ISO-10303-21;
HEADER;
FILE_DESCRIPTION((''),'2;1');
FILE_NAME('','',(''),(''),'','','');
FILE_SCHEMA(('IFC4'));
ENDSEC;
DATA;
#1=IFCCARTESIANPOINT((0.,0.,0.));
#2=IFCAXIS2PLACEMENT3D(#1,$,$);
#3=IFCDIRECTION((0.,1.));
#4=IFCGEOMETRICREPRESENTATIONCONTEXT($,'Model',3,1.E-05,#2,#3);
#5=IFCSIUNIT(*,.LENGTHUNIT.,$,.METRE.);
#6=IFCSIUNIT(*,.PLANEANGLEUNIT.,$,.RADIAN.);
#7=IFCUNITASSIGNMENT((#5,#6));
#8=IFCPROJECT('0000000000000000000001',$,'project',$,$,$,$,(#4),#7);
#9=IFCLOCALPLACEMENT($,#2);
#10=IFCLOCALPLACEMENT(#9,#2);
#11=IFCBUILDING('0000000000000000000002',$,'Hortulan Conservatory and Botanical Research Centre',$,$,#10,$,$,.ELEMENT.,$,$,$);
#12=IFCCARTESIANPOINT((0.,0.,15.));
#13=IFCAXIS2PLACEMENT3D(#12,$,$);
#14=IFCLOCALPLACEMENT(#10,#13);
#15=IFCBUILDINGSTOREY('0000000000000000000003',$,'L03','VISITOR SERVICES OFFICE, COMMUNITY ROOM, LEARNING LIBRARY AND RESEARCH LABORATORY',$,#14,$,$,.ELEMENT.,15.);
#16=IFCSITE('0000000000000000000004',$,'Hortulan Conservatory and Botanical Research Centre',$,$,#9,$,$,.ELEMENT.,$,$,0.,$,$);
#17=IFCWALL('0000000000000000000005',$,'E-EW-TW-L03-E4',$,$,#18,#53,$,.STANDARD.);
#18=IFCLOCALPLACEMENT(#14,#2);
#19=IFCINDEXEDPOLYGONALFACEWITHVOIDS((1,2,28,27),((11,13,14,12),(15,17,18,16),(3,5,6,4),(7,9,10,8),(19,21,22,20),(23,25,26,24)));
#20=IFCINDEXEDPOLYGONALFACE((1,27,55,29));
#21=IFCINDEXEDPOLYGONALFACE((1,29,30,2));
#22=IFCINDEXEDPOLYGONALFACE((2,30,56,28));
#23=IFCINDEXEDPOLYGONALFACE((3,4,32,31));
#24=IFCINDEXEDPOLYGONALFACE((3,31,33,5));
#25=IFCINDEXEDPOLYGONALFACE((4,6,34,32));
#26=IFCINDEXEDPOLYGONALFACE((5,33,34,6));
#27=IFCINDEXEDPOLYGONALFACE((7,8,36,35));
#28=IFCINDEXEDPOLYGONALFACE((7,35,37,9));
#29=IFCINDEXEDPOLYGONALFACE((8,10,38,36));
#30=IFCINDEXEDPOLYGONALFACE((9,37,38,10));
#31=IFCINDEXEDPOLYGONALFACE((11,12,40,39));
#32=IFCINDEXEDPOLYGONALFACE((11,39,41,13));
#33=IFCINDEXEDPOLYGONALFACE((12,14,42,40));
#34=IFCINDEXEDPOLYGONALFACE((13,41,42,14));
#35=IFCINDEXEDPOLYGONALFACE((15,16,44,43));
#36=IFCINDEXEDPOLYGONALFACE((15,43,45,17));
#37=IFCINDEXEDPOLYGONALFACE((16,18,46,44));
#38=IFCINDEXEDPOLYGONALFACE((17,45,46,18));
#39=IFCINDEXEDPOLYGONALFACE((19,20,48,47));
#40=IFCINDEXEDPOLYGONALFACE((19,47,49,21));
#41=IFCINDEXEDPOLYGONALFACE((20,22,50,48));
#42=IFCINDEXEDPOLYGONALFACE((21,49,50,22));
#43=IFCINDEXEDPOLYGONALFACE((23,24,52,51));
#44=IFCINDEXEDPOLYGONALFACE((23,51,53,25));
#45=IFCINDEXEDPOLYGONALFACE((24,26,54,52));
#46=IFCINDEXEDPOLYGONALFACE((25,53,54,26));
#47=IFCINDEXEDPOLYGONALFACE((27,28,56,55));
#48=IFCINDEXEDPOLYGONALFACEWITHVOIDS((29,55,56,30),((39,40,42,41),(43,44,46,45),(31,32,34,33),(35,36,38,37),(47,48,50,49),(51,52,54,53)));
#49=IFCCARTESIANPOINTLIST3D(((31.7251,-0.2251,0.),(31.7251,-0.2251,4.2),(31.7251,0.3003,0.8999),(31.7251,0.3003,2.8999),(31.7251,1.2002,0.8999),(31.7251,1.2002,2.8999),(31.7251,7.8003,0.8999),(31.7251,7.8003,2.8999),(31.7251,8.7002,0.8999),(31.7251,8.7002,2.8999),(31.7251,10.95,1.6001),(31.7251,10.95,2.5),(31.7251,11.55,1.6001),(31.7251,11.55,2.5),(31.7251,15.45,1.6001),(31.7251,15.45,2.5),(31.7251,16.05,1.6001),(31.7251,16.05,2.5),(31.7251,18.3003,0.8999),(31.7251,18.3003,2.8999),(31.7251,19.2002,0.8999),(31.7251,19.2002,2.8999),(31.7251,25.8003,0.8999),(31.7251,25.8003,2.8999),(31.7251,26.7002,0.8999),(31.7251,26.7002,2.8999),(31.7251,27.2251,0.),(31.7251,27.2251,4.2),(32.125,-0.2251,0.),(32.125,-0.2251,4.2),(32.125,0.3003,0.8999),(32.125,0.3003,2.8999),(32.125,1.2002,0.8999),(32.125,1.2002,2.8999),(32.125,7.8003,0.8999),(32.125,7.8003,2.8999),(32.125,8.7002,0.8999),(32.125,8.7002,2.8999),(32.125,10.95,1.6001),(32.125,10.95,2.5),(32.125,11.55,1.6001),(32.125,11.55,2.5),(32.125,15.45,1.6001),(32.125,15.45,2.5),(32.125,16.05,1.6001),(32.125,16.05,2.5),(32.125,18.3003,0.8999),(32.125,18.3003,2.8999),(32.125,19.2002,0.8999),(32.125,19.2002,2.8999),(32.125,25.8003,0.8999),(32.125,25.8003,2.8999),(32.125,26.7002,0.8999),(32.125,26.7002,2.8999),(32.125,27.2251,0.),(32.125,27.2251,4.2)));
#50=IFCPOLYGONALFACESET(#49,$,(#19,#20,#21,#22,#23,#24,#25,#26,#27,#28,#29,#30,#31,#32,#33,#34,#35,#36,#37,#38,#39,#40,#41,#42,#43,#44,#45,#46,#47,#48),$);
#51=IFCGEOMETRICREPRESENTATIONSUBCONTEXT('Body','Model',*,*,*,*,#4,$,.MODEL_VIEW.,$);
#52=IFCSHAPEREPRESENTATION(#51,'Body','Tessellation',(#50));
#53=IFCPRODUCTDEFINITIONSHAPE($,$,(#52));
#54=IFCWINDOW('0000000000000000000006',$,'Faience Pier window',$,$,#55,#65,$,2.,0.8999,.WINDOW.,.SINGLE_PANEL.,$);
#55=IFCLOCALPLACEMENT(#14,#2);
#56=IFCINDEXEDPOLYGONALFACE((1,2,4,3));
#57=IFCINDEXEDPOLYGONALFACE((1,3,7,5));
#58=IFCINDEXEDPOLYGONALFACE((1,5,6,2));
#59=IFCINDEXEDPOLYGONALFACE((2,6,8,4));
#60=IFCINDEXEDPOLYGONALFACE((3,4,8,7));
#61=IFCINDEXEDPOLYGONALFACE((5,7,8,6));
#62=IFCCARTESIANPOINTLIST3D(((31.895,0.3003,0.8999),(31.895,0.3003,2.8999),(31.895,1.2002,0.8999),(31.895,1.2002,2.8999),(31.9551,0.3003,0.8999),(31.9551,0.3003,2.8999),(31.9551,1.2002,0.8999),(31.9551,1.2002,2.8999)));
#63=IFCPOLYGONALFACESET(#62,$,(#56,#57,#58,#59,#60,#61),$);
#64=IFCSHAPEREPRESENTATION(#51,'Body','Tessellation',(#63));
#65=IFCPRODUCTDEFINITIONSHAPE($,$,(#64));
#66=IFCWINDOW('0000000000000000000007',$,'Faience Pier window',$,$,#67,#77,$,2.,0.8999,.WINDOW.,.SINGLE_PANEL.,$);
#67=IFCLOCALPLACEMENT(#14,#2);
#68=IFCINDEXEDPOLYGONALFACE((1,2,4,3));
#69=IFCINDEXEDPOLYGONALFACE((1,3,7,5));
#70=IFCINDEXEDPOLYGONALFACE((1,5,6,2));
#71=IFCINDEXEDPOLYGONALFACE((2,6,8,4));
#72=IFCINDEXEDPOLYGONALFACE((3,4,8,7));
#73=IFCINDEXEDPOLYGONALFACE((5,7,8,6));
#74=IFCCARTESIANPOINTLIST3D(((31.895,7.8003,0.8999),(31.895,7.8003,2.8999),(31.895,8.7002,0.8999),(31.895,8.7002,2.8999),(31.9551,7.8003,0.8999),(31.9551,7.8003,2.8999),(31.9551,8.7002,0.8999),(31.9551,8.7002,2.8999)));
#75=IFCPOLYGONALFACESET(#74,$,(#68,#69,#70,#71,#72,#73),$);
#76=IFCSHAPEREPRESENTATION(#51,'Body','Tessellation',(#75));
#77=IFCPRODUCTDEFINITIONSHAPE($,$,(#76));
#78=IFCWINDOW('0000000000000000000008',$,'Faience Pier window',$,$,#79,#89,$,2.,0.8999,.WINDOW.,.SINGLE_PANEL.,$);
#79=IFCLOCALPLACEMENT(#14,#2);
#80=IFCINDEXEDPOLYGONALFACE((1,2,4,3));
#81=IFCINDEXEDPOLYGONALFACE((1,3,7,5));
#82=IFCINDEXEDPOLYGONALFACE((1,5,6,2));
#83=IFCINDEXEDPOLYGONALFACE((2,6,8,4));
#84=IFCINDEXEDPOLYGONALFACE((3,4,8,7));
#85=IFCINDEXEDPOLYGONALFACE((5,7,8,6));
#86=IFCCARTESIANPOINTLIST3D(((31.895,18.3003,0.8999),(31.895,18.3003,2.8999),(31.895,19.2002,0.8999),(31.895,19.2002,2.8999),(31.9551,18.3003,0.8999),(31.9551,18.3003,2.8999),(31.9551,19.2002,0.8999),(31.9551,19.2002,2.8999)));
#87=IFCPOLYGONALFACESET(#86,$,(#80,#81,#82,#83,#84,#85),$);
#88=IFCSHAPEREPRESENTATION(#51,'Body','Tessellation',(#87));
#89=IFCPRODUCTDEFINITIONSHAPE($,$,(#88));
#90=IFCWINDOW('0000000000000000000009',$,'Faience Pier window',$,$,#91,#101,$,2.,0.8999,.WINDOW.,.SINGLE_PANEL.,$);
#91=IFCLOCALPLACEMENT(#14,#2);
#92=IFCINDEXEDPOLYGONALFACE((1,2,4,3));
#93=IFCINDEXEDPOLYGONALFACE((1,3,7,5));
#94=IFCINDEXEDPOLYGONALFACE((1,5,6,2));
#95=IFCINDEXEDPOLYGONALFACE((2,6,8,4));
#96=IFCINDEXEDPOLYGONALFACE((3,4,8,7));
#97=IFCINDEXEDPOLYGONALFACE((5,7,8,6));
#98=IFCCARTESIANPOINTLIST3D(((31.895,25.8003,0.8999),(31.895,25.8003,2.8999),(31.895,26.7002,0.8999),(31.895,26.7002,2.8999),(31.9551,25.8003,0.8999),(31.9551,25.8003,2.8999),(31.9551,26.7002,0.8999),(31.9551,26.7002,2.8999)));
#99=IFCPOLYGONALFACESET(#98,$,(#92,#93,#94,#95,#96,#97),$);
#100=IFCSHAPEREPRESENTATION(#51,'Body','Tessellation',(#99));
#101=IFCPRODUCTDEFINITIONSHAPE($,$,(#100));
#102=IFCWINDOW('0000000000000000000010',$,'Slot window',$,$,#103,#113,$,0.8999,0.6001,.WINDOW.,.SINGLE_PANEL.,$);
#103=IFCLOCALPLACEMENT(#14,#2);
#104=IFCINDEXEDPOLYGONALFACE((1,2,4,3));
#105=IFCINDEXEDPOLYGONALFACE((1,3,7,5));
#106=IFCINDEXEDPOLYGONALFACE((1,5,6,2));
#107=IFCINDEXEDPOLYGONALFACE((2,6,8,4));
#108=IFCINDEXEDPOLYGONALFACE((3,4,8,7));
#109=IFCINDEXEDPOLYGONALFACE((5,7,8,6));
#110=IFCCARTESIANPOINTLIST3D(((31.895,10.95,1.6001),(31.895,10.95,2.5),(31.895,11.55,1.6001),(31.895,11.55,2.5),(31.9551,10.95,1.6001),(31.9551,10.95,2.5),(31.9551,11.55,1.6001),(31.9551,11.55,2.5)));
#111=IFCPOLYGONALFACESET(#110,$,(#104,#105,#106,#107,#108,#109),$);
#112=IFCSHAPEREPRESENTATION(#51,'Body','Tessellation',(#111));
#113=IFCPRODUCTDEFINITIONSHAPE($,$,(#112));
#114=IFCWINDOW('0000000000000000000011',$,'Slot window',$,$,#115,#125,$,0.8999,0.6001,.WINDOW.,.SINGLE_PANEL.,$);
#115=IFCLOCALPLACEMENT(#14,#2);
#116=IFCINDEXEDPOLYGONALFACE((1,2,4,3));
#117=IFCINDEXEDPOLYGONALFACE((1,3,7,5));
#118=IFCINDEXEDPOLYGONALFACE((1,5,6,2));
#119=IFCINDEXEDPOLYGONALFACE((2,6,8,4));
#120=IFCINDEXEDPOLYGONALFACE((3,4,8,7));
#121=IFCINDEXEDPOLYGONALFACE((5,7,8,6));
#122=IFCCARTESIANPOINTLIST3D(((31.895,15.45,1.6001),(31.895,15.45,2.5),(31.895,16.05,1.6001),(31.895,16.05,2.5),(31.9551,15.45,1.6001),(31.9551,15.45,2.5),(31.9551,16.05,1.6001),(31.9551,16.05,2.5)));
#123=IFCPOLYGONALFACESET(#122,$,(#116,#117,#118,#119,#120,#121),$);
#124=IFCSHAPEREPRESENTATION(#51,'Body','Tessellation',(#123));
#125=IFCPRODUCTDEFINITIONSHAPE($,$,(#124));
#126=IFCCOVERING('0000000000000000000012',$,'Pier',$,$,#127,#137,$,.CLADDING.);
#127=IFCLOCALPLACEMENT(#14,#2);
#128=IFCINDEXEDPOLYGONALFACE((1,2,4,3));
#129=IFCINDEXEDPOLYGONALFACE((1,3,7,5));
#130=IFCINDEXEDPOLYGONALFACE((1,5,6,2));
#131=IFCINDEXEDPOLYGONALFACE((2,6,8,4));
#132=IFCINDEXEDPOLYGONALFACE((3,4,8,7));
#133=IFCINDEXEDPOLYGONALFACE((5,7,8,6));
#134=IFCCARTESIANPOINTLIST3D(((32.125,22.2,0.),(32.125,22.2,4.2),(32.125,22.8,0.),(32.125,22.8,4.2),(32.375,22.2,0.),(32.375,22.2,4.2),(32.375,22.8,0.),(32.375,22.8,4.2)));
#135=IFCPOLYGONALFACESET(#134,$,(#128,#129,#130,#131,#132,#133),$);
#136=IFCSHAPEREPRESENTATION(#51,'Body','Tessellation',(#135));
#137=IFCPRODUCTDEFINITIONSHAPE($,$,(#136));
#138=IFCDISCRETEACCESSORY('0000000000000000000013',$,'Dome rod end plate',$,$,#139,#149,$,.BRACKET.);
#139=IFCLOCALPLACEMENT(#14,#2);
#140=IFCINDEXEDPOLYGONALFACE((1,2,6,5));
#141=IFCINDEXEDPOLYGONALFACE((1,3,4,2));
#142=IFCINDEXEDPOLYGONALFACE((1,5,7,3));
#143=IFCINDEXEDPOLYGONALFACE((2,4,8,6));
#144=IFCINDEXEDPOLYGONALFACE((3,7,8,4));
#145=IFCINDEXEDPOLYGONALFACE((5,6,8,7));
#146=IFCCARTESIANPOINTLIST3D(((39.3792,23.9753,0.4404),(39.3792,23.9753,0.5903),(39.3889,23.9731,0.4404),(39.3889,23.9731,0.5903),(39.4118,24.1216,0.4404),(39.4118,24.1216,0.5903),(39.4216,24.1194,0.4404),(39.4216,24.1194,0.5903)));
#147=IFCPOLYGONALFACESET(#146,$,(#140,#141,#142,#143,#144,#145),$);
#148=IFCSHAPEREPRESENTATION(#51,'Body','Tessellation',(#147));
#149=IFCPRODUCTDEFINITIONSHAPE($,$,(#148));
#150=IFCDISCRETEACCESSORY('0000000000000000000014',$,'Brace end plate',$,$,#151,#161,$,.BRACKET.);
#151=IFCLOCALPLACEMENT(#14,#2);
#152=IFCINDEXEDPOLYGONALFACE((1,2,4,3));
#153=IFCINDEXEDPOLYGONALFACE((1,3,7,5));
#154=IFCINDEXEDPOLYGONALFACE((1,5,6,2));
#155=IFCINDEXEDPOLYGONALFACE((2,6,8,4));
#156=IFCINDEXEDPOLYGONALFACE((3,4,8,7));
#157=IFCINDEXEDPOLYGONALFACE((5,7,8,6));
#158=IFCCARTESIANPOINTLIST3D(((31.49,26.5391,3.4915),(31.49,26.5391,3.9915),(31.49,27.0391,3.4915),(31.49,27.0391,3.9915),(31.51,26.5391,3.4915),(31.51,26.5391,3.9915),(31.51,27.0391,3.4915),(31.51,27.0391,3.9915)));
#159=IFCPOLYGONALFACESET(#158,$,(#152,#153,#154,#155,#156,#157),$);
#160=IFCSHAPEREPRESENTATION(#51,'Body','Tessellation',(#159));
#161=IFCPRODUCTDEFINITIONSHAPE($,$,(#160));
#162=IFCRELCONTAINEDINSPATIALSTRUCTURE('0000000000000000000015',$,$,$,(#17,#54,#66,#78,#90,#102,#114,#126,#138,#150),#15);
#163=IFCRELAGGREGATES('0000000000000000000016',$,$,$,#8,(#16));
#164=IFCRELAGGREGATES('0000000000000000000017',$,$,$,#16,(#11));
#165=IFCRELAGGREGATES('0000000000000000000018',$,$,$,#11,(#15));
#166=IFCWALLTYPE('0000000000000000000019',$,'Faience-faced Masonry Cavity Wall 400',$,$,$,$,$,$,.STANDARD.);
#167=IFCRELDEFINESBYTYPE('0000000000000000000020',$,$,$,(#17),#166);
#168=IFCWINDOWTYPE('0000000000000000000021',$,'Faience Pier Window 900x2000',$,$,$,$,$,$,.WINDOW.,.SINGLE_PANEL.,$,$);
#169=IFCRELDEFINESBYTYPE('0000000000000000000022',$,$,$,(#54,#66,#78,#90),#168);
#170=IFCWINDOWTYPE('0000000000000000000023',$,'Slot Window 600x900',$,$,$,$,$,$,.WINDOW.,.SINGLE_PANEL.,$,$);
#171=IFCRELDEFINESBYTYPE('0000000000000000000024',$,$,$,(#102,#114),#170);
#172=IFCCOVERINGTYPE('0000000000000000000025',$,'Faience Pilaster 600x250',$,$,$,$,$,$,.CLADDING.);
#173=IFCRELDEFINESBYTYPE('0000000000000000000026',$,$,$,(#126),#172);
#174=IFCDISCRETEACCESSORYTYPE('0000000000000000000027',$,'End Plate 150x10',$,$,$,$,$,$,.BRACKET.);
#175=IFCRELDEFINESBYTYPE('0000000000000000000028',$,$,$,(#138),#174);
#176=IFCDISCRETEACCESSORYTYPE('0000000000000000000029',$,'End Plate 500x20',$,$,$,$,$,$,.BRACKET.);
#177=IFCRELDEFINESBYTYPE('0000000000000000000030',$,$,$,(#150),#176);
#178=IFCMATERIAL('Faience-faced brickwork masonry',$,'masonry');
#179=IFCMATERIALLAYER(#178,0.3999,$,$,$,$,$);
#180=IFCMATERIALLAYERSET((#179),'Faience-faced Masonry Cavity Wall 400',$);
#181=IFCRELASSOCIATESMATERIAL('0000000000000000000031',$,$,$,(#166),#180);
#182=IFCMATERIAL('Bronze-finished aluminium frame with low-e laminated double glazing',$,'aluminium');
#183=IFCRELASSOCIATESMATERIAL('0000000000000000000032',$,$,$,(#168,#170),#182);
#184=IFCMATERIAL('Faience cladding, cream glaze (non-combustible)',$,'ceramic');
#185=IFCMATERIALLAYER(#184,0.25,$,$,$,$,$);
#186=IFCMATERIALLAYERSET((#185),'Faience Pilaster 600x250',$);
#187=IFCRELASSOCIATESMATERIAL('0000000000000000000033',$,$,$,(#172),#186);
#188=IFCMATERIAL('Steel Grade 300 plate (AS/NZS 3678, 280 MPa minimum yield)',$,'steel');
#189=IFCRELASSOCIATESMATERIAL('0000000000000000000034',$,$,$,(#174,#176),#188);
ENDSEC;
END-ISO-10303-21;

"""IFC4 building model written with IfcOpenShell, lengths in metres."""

from ifc_helpers import new_model, si_unit, direction, frame, frame_2d, origin, origin_2d, place, context, subcontext, project, spatial, rectangle, extrude, material, layer, layer_set, type_object, element, fill, save


model = new_model("IFC4")

# Units and contexts
model_context = context("Model", 3, precision=1e-05, world=origin(), true_north=direction((0.0, 1.0)))
body_context = subcontext(model_context, "Body", "Model", "MODEL_VIEW")
ifc_project = project(units=[si_unit("LENGTHUNIT", "METRE"), si_unit("PLANEANGLEUNIT", "RADIAN")], contexts=[model_context])

# Site, building, storey
site_placement = place(None, origin())
site = spatial("IfcSite", under=ifc_project, at=site_placement, Name="Hortulan Conservatory and Botanical Research Centre", CompositionType="ELEMENT", RefElevation=0.0)
building_placement = place(site_placement, origin())
building = spatial("IfcBuilding", under=site, at=building_placement, Name="Hortulan Conservatory and Botanical Research Centre", CompositionType="ELEMENT")
storey_placement = place(building_placement, frame((0.0, 0.0, 15.0)))
storey = spatial("IfcBuildingStorey", under=building, at=storey_placement, Name="L03", Description="VISITOR SERVICES OFFICE, COMMUNITY ROOM, LEARNING LIBRARY AND RESEARCH LABORATORY", CompositionType="ELEMENT", Elevation=15.0)

# Wall, openings, windows
ifc_material_1 = material(Name="Faience-faced brickwork masonry", Category="masonry")
ifc_layer_1 = layer(ifc_material_1, 0.3999)
ifc_layer_set_1 = layer_set([ifc_layer_1], Name="Faience-faced Masonry Cavity Wall 400")
wall_type = type_object("IfcWallType", Name="Faience-faced Masonry Cavity Wall 400", PredefinedType="STANDARD", material=ifc_layer_set_1)
wall_placement = place(storey_placement, frame((31.925, 27.2251, 0.0), z_axis=(0.0, 0.0, 1.0), x_axis=(0.0, -1.0, 0.0)))
wall = element("IfcWall", 1, at=wall_placement, inside=storey, type_object=wall_type, Name="E-EW-TW-L03-E4", PredefinedType="STANDARD", context=body_context, shape_type="SweptSolid", body=[
    extrude(rectangle(XDim=27.4502, YDim=0.3999, at=frame_2d((13.7251, 0.0))), origin(), (0.0, 0.0, 1.0), 4.2),
])
opening_1_placement = place(wall_placement, frame((26.0249, 0.0, 0.8999)))
opening_1 = element("IfcOpeningElement", 2, at=opening_1_placement, cuts=wall, PredefinedType="OPENING", context=body_context, shape_type="SweptSolid", body=[
    extrude(rectangle(XDim=0.8999, YDim=2.0, at=frame_2d((0.45, 1.0))), frame((0.0, 0.21, 0.0), z_axis=(0.0, -1.0, 0.0), x_axis=(1.0, 0.0, 0.0)), (0.0, 0.0, 1.0), 0.4199),
])
opening_2_placement = place(wall_placement, frame((18.5249, 0.0, 0.8999)))
opening_2 = element("IfcOpeningElement", 3, at=opening_2_placement, cuts=wall, PredefinedType="OPENING", context=body_context, shape_type="SweptSolid", body=[
    extrude(rectangle(XDim=0.8999, YDim=2.0, at=frame_2d((0.45, 1.0))), frame((0.0, 0.21, 0.0), z_axis=(0.0, -1.0, 0.0), x_axis=(1.0, 0.0, 0.0)), (0.0, 0.0, 1.0), 0.4199),
])
opening_3_placement = place(wall_placement, frame((15.675, 0.0, 1.6001)))
opening_3 = element("IfcOpeningElement", 4, at=opening_3_placement, cuts=wall, PredefinedType="OPENING", context=body_context, shape_type="SweptSolid", body=[
    extrude(rectangle(XDim=0.6001, YDim=0.8999, at=frame_2d((0.3, 0.45))), frame((0.0, 0.21, 0.0), z_axis=(0.0, -1.0, 0.0), x_axis=(1.0, 0.0, 0.0)), (0.0, 0.0, 1.0), 0.4199),
])
opening_4_placement = place(wall_placement, frame((11.175, 0.0, 1.6001)))
opening_4 = element("IfcOpeningElement", 5, at=opening_4_placement, cuts=wall, PredefinedType="OPENING", context=body_context, shape_type="SweptSolid", body=[
    extrude(rectangle(XDim=0.6001, YDim=0.8999, at=frame_2d((0.3, 0.45))), frame((0.0, 0.21, 0.0), z_axis=(0.0, -1.0, 0.0), x_axis=(1.0, 0.0, 0.0)), (0.0, 0.0, 1.0), 0.4199),
])
opening_5_placement = place(wall_placement, frame((8.0249, 0.0, 0.8999)))
opening_5 = element("IfcOpeningElement", 6, at=opening_5_placement, cuts=wall, PredefinedType="OPENING", context=body_context, shape_type="SweptSolid", body=[
    extrude(rectangle(XDim=0.8999, YDim=2.0, at=frame_2d((0.45, 1.0))), frame((0.0, 0.21, 0.0), z_axis=(0.0, -1.0, 0.0), x_axis=(1.0, 0.0, 0.0)), (0.0, 0.0, 1.0), 0.4199),
])
opening_6_placement = place(wall_placement, frame((0.5249, 0.0, 0.8999)))
opening_6 = element("IfcOpeningElement", 7, at=opening_6_placement, cuts=wall, PredefinedType="OPENING", context=body_context, shape_type="SweptSolid", body=[
    extrude(rectangle(XDim=0.8999, YDim=2.0, at=frame_2d((0.45, 1.0))), frame((0.0, 0.21, 0.0), z_axis=(0.0, -1.0, 0.0), x_axis=(1.0, 0.0, 0.0)), (0.0, 0.0, 1.0), 0.4199),
])
ifc_material_2 = material(Name="Bronze-finished aluminium frame with low-e laminated double glazing", Category="aluminium")
window_type_1 = type_object("IfcWindowType", Name="Faience Pier Window 900x2000", PartitioningType="SINGLE_PANEL", PredefinedType="WINDOW", material=ifc_material_2)
window_1_placement = place(opening_1_placement, origin())
window_1 = element("IfcWindow", 8, at=window_1_placement, inside=storey, type_object=window_type_1, Name="Faience Pier window", OverallHeight=2.0, OverallWidth=0.8999, PartitioningType="SINGLE_PANEL", PredefinedType="WINDOW", context=body_context, shape_type="SweptSolid", body=[
    extrude(rectangle(XDim=0.8999, YDim=2.0, at=frame_2d((0.45, 1.0))), frame((0.0, 0.03, 0.0), z_axis=(0.0, -1.0, 0.0), x_axis=(1.0, 0.0, 0.0)), (0.0, 0.0, 1.0), 0.0601),
])
fill(opening_1, window_1)
window_2_placement = place(opening_2_placement, origin())
window_2 = element("IfcWindow", 9, at=window_2_placement, inside=storey, type_object=window_type_1, Name="Faience Pier window", OverallHeight=2.0, OverallWidth=0.8999, PartitioningType="SINGLE_PANEL", PredefinedType="WINDOW", context=body_context, shape_type="SweptSolid", body=[
    extrude(rectangle(XDim=0.8999, YDim=2.0, at=frame_2d((0.45, 1.0))), frame((0.0, 0.03, 0.0), z_axis=(0.0, -1.0, 0.0), x_axis=(1.0, 0.0, 0.0)), (0.0, 0.0, 1.0), 0.0601),
])
fill(opening_2, window_2)
window_3_placement = place(opening_5_placement, origin())
window_3 = element("IfcWindow", 10, at=window_3_placement, inside=storey, type_object=window_type_1, Name="Faience Pier window", OverallHeight=2.0, OverallWidth=0.8999, PartitioningType="SINGLE_PANEL", PredefinedType="WINDOW", context=body_context, shape_type="SweptSolid", body=[
    extrude(rectangle(XDim=0.8999, YDim=2.0, at=frame_2d((0.45, 1.0))), frame((0.0, 0.03, 0.0), z_axis=(0.0, -1.0, 0.0), x_axis=(1.0, 0.0, 0.0)), (0.0, 0.0, 1.0), 0.0601),
])
fill(opening_5, window_3)
window_4_placement = place(opening_6_placement, origin())
window_4 = element("IfcWindow", 11, at=window_4_placement, inside=storey, type_object=window_type_1, Name="Faience Pier window", OverallHeight=2.0, OverallWidth=0.8999, PartitioningType="SINGLE_PANEL", PredefinedType="WINDOW", context=body_context, shape_type="SweptSolid", body=[
    extrude(rectangle(XDim=0.8999, YDim=2.0, at=frame_2d((0.45, 1.0))), frame((0.0, 0.03, 0.0), z_axis=(0.0, -1.0, 0.0), x_axis=(1.0, 0.0, 0.0)), (0.0, 0.0, 1.0), 0.0601),
])
fill(opening_6, window_4)
window_type_2 = type_object("IfcWindowType", Name="Slot Window 600x900", PartitioningType="SINGLE_PANEL", PredefinedType="WINDOW", material=ifc_material_2)
window_5_placement = place(opening_3_placement, origin())
window_5 = element("IfcWindow", 12, at=window_5_placement, inside=storey, type_object=window_type_2, Name="Slot window", OverallHeight=0.8999, OverallWidth=0.6001, PartitioningType="SINGLE_PANEL", PredefinedType="WINDOW", context=body_context, shape_type="SweptSolid", body=[
    extrude(rectangle(XDim=0.6001, YDim=0.8999, at=frame_2d((0.3, 0.45))), frame((0.0, 0.03, 0.0), z_axis=(0.0, -1.0, 0.0), x_axis=(1.0, 0.0, 0.0)), (0.0, 0.0, 1.0), 0.0601),
])
fill(opening_3, window_5)
window_6_placement = place(opening_4_placement, origin())
window_6 = element("IfcWindow", 13, at=window_6_placement, inside=storey, type_object=window_type_2, Name="Slot window", OverallHeight=0.8999, OverallWidth=0.6001, PartitioningType="SINGLE_PANEL", PredefinedType="WINDOW", context=body_context, shape_type="SweptSolid", body=[
    extrude(rectangle(XDim=0.6001, YDim=0.8999, at=frame_2d((0.3, 0.45))), frame((0.0, 0.03, 0.0), z_axis=(0.0, -1.0, 0.0), x_axis=(1.0, 0.0, 0.0)), (0.0, 0.0, 1.0), 0.0601),
])
fill(opening_4, window_6)

# Covering
ifc_material_3 = material(Name="Faience cladding, cream glaze (non-combustible)", Category="ceramic")
ifc_layer_2 = layer(ifc_material_3, 0.25)
ifc_layer_set_2 = layer_set([ifc_layer_2], Name="Faience Pilaster 600x250")
covering_type = type_object("IfcCoveringType", Name="Faience Pilaster 600x250", PredefinedType="CLADDING", material=ifc_layer_set_2)
covering_placement = place(storey_placement, frame((32.25, 22.5, 0.0), z_axis=(0.0, 0.0, 1.0), x_axis=(0.0, 1.0, 0.0)))
element("IfcCovering", 14, at=covering_placement, inside=storey, type_object=covering_type, Name="Pier", PredefinedType="CLADDING", context=body_context, shape_type="SweptSolid", body=[
    extrude(rectangle(XDim=0.6001, YDim=0.25, at=origin_2d()), origin(), (0.0, 0.0, 1.0), 4.2),
])

# Discrete accessories
ifc_material_4 = material(Name="Steel Grade 300 plate (AS/NZS 3678, 280 MPa minimum yield)", Category="steel")
discrete_accessory_type_1 = type_object("IfcDiscreteAccessoryType", Name="End Plate 150x10", PredefinedType="BRACKET", material=ifc_material_4)
discrete_accessory_placement = place(storey_placement, frame((39.4004, 24.0474, 0.4404), z_axis=(0.0, 0.0, 1.0), x_axis=(0.218041, 0.97594, 0.0)))
element("IfcDiscreteAccessory", 15, at=discrete_accessory_placement, inside=storey, type_object=discrete_accessory_type_1, Name="Dome rod end plate", PredefinedType="BRACKET", context=body_context, shape_type="SweptSolid", body=[
    extrude(rectangle(XDim=0.1499, YDim=0.01, at=origin_2d()), origin(), (0.0, 0.0, 1.0), 0.1499),
])
discrete_accessory_type_2 = type_object("IfcDiscreteAccessoryType", Name="End Plate 500x20", PredefinedType="BRACKET", material=ifc_material_4)
for number, where, z_axis, x_axis, name in (
    (16, (31.5, 26.7891, 3.4915), (0.0, 0.0, 1.0), (0.0, -1.0, 0.0), "Brace end plate"),
):
    element("IfcDiscreteAccessory", number, at=place(storey_placement, frame(where, z_axis=z_axis, x_axis=x_axis)), inside=storey, type_object=discrete_accessory_type_2, Name=name, PredefinedType="BRACKET", context=body_context, shape_type="SweptSolid", body=[
        extrude(rectangle(XDim=0.5, YDim=0.02, at=origin_2d()), origin(), (0.0, 0.0, 1.0), 0.5),
    ])

save(model, "model.ifc")
